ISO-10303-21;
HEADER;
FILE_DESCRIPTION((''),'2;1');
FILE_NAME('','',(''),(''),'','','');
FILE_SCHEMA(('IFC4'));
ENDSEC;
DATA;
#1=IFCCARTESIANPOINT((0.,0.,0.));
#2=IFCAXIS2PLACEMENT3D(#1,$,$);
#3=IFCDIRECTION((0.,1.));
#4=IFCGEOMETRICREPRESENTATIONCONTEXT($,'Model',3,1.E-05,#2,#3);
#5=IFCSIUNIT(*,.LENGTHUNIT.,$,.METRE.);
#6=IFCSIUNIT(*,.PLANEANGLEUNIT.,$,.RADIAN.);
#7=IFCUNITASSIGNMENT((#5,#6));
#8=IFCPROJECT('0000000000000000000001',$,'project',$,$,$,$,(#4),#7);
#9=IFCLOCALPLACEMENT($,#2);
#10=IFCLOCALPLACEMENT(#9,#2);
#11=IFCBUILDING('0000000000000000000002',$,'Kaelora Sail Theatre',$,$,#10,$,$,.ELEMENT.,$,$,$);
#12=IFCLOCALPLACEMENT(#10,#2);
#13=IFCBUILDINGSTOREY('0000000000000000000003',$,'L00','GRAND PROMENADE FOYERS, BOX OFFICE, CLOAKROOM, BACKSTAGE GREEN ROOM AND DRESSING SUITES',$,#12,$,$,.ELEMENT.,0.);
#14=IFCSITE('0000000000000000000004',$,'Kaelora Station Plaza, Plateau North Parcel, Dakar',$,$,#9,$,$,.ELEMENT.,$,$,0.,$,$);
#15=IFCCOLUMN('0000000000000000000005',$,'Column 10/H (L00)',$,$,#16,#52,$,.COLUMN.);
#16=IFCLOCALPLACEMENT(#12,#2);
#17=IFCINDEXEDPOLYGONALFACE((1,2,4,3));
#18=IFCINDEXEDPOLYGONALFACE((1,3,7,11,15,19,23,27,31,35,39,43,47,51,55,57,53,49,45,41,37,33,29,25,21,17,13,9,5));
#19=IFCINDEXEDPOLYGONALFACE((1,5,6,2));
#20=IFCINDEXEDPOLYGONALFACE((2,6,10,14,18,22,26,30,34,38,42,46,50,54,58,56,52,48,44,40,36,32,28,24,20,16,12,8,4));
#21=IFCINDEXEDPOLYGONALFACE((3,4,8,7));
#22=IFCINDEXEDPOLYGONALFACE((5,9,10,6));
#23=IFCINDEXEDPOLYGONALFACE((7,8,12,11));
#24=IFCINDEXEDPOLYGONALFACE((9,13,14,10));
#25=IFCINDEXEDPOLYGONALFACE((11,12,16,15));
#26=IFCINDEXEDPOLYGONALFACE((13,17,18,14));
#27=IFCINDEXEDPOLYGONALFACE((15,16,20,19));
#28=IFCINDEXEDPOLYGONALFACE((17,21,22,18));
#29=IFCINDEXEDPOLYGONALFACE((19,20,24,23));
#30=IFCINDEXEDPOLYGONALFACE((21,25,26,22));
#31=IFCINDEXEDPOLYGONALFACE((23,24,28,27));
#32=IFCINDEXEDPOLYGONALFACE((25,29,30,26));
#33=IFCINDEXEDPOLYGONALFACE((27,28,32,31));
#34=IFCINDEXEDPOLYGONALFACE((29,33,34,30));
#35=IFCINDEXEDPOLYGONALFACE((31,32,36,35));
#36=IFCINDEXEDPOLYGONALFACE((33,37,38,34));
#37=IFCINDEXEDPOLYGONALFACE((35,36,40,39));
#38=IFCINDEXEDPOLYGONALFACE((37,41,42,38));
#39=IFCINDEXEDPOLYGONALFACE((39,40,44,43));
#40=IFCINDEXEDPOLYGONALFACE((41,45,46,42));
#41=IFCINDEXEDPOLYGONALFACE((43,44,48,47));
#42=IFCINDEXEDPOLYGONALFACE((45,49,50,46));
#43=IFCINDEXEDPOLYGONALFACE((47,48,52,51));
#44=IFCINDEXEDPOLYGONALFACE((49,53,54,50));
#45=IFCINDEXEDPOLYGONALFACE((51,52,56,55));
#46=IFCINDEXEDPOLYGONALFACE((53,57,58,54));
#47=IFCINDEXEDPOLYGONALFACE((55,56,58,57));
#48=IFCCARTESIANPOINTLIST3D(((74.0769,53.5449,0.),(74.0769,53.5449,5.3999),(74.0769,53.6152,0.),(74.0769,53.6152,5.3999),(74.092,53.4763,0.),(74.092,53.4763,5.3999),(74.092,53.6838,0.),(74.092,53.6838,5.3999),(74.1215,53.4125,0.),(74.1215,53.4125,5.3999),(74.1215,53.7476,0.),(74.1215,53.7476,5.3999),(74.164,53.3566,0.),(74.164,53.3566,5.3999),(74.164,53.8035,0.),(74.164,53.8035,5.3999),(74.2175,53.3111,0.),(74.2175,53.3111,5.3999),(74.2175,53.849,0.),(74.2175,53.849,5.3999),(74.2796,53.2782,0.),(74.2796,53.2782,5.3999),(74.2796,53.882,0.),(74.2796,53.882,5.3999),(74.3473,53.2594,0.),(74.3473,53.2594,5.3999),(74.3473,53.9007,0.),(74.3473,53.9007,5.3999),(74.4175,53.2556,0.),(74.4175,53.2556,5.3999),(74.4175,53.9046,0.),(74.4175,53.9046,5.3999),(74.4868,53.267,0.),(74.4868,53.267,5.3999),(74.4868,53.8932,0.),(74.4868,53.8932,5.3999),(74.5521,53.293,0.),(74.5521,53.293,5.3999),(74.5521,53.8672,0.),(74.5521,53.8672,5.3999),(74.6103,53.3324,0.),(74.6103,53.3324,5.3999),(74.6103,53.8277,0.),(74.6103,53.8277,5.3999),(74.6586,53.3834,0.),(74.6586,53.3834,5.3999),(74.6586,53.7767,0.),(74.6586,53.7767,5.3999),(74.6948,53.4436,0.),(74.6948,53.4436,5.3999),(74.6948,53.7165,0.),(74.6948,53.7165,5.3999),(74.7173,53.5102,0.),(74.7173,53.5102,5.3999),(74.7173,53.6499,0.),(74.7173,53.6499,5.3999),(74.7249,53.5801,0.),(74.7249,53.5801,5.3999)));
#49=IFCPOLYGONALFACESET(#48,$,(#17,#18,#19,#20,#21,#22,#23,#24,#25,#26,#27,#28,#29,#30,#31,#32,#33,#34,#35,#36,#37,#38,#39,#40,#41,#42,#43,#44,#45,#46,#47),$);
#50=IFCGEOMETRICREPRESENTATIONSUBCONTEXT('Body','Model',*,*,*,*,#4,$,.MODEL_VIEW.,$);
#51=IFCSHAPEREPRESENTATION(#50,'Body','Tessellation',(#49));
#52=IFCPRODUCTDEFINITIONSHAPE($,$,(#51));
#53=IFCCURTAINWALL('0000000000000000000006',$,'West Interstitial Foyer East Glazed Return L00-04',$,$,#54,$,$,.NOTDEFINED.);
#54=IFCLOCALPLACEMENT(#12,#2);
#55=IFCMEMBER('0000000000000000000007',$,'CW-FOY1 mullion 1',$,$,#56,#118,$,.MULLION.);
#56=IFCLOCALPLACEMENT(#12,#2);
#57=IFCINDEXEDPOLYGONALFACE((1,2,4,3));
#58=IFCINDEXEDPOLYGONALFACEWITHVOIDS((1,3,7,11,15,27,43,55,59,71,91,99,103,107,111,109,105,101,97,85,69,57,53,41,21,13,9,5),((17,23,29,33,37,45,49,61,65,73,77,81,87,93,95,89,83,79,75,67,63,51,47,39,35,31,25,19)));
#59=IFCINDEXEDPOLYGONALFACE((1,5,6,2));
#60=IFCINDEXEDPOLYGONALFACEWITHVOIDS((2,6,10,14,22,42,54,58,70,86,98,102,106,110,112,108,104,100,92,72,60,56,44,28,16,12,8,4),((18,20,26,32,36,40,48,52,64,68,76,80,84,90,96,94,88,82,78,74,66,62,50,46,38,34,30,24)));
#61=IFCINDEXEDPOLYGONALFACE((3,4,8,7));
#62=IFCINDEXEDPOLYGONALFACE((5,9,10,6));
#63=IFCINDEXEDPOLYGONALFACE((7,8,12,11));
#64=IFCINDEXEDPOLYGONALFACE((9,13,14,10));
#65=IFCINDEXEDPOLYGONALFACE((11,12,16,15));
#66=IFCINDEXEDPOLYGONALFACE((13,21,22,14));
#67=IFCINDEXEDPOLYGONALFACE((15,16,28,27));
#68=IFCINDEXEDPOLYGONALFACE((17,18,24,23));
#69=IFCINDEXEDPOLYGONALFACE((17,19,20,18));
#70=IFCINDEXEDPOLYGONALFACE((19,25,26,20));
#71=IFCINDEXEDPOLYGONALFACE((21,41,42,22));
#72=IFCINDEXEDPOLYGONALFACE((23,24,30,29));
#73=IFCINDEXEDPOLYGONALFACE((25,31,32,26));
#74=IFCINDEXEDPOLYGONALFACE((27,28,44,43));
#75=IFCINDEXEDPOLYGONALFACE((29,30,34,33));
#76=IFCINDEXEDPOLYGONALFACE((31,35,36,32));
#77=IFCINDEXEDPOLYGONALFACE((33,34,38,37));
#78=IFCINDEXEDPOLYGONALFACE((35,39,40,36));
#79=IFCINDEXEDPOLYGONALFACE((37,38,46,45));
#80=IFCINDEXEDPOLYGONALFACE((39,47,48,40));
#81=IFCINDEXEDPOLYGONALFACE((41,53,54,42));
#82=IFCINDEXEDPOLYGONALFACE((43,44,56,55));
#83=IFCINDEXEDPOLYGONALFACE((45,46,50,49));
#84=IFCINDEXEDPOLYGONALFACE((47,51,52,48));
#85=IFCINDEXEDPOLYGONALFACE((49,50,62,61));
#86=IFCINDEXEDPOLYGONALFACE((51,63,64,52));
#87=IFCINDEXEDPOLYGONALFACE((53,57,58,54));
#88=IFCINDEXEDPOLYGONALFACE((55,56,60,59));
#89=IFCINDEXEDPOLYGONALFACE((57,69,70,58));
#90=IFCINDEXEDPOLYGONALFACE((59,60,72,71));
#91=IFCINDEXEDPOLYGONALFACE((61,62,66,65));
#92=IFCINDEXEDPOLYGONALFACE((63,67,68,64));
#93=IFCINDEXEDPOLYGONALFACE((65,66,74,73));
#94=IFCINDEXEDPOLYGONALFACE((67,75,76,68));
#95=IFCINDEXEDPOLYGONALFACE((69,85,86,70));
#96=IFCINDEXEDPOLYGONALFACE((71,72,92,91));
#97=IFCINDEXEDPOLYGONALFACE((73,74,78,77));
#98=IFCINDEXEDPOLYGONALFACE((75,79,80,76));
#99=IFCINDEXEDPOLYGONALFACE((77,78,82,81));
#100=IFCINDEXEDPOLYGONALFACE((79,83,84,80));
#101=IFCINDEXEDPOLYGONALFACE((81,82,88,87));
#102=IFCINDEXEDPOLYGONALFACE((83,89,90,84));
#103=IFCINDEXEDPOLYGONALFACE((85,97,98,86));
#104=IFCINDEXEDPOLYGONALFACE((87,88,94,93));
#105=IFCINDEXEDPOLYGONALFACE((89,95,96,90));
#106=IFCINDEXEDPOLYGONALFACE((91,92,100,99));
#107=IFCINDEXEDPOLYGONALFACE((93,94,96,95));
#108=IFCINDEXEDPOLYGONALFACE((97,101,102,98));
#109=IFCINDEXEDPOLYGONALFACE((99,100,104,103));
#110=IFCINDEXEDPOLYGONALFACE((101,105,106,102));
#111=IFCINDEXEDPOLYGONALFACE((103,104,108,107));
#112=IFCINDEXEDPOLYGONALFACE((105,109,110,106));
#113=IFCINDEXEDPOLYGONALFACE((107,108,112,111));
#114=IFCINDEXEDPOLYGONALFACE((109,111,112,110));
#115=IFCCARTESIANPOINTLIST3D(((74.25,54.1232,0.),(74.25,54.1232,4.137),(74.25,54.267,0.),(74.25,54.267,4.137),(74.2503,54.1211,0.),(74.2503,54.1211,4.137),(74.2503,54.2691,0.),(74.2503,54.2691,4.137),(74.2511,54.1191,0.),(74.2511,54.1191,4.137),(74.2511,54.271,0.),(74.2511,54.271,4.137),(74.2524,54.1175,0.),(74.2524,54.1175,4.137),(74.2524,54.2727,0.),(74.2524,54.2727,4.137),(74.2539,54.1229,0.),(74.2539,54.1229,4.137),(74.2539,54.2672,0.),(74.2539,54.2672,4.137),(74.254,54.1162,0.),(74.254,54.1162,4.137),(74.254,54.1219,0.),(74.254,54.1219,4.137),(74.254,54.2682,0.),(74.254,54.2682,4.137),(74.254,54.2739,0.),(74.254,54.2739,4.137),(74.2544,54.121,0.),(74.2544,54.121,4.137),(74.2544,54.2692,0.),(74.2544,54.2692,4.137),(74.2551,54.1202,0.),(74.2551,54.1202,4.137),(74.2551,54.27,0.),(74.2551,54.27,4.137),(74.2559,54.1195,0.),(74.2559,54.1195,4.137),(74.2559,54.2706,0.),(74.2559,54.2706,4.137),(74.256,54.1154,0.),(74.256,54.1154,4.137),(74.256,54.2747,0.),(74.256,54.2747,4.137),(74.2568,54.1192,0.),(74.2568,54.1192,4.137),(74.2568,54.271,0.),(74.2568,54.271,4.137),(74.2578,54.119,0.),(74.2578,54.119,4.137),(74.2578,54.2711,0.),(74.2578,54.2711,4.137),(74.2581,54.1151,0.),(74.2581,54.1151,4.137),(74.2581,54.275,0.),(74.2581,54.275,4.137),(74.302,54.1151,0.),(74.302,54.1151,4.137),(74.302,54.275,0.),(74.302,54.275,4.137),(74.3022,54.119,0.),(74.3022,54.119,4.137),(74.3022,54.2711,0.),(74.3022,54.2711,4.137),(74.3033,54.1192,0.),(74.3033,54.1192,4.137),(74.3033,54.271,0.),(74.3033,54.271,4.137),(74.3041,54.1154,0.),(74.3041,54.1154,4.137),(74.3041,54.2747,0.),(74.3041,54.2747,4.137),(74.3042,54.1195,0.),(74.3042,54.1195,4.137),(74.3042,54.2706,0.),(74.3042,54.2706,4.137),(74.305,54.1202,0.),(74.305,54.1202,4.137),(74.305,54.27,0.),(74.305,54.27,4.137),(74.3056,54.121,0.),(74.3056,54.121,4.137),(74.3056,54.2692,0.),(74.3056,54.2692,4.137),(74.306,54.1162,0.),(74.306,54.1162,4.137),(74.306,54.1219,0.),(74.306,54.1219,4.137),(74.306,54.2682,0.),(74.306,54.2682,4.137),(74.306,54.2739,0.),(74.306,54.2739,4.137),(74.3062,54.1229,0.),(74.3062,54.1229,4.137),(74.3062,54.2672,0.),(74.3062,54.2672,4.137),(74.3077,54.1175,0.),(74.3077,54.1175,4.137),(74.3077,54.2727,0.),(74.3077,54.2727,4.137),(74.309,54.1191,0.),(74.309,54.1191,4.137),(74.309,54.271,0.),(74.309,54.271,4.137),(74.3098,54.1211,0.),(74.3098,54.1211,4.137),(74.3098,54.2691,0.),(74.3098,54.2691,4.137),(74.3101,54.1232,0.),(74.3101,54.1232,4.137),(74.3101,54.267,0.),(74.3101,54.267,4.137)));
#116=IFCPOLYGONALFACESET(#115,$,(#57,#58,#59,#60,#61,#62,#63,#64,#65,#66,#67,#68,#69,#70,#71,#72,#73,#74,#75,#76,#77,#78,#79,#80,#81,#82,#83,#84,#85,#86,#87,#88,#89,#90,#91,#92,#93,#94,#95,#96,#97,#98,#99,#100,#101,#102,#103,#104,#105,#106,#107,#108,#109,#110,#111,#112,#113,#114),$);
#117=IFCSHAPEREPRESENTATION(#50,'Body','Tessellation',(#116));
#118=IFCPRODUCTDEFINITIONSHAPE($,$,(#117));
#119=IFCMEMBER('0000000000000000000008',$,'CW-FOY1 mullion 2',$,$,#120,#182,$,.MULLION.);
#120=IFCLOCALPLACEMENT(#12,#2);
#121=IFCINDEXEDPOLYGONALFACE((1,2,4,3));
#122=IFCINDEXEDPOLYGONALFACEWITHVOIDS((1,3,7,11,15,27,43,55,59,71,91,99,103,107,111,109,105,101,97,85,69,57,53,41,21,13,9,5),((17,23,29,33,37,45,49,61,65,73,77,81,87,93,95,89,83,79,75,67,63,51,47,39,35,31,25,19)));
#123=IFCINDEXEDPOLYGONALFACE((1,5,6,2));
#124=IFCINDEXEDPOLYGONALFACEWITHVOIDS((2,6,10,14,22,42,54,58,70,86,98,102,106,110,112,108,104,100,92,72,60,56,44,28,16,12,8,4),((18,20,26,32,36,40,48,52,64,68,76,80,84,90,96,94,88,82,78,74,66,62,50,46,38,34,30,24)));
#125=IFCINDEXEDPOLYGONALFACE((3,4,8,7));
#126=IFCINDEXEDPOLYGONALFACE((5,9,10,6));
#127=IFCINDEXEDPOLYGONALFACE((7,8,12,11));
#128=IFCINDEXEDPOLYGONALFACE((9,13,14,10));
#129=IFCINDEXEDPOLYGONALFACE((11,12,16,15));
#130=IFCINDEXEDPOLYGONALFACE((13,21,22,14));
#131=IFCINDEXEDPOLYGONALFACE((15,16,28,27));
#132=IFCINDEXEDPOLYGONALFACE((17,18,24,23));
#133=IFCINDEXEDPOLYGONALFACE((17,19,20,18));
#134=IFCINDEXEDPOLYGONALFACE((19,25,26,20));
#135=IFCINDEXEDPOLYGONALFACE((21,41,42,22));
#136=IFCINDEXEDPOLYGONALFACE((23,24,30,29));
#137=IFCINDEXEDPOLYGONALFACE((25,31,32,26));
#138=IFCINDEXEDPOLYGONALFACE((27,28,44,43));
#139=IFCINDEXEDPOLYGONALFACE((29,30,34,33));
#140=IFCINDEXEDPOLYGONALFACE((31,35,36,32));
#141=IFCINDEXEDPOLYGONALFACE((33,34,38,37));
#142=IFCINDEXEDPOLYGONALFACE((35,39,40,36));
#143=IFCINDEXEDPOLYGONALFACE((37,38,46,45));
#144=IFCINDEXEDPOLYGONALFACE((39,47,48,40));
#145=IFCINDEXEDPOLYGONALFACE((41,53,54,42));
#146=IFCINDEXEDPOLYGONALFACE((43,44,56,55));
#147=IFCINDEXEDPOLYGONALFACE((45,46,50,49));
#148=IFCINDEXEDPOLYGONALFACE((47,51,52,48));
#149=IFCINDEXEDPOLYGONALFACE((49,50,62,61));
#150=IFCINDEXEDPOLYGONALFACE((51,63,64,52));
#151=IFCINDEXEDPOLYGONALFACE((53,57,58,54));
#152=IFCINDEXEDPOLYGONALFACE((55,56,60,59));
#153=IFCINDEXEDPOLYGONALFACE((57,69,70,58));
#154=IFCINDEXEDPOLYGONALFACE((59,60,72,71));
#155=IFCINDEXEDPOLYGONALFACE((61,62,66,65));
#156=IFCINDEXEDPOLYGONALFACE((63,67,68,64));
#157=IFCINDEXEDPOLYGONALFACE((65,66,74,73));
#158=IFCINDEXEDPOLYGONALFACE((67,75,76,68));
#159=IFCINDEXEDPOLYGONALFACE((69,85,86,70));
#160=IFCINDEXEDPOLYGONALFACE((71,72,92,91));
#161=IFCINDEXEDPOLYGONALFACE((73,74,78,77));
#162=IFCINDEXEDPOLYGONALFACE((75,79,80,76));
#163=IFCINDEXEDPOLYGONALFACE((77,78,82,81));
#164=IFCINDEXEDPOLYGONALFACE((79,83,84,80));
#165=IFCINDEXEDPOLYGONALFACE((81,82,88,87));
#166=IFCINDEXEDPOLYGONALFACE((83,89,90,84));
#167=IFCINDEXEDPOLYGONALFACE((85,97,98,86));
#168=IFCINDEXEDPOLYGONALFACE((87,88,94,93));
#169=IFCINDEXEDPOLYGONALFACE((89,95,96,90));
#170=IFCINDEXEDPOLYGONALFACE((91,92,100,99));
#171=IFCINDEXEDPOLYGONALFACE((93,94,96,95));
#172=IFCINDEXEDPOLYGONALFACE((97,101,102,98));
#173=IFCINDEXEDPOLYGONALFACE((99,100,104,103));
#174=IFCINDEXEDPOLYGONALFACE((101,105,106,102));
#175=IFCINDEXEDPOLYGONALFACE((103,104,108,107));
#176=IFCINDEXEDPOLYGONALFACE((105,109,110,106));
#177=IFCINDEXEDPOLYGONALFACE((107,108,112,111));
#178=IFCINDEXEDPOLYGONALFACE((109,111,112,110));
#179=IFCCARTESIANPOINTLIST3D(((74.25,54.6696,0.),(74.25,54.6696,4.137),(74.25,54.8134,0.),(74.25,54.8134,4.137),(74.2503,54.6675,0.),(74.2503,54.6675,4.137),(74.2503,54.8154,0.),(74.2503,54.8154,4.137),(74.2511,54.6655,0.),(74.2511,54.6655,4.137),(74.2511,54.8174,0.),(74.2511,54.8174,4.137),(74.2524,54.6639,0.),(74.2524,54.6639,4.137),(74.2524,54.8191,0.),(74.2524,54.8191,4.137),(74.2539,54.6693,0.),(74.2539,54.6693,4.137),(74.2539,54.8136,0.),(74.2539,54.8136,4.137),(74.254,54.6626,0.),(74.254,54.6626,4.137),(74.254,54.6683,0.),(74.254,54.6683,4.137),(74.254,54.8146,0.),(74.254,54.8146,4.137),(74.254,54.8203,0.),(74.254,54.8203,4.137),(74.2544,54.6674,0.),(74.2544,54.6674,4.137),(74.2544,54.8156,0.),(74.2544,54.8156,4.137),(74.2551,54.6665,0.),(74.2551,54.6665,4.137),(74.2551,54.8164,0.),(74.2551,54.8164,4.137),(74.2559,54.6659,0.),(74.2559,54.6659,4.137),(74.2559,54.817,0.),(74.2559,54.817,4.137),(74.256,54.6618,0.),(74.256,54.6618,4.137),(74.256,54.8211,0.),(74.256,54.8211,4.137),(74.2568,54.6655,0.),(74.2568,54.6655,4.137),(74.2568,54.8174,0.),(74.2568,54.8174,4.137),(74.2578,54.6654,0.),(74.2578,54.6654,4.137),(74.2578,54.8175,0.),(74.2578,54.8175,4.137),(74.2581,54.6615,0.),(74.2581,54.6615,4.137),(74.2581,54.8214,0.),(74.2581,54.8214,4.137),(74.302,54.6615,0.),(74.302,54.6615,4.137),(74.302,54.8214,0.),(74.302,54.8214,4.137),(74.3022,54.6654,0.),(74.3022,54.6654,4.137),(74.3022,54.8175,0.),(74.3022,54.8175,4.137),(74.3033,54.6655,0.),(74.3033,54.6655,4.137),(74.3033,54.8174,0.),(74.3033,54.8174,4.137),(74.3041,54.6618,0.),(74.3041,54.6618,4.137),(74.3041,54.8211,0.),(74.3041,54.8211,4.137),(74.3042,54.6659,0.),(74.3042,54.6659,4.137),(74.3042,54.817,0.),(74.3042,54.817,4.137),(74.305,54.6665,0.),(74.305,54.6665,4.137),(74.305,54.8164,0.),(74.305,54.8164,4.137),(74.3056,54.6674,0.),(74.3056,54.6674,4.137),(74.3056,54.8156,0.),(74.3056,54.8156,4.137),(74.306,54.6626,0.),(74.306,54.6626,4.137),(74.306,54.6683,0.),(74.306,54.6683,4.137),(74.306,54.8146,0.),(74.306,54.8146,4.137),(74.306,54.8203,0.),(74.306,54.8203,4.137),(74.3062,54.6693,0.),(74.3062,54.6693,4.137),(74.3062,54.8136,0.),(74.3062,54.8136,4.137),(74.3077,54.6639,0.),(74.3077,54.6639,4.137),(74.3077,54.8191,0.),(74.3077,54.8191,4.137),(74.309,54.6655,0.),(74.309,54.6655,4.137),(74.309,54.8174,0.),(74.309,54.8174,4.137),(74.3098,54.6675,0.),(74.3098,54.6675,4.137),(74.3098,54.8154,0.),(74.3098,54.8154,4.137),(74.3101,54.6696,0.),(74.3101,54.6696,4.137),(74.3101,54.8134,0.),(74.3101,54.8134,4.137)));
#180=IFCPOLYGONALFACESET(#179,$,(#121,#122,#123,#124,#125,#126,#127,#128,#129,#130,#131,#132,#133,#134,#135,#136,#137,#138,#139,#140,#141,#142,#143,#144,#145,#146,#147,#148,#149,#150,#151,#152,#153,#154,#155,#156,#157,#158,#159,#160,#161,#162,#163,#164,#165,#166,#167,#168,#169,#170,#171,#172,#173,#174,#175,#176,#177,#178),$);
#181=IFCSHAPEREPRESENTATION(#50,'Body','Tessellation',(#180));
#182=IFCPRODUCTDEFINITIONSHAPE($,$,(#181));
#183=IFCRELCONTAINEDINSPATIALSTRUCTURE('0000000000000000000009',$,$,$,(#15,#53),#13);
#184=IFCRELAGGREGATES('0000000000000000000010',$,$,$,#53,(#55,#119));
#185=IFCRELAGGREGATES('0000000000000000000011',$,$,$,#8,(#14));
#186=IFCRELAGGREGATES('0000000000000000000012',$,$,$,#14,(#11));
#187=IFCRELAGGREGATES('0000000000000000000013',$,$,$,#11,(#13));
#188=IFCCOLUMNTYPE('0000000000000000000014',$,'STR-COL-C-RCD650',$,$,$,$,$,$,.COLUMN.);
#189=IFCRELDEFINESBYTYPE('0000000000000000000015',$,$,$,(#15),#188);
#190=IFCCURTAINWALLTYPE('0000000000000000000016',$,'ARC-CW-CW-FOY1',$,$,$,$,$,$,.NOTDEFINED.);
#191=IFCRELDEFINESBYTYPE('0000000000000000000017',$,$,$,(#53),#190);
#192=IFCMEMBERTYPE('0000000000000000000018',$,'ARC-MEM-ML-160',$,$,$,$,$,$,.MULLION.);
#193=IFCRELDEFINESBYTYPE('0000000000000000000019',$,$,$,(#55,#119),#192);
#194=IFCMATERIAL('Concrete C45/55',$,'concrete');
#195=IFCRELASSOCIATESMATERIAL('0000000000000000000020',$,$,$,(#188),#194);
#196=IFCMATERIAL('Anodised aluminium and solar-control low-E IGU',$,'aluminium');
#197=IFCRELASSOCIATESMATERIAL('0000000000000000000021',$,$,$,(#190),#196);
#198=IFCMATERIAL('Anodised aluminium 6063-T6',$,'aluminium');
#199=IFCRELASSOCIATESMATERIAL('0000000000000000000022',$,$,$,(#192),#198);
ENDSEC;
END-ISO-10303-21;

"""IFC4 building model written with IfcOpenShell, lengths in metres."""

from ifc_helpers import new_model, si_unit, direction, frame, origin, origin_2d, place, context, subcontext, project, spatial, hollow_rectangle, circle, extrude, material, material_profile, profile_set, type_object, element, aggregate, save


model = new_model("IFC4")

# Units and contexts
model_context = context("Model", 3, precision=1e-05, world=origin(), true_north=direction((0.0, 1.0)))
body_context = subcontext(model_context, "Body", "Model", "MODEL_VIEW")
ifc_project = project(units=[si_unit("LENGTHUNIT", "METRE"), si_unit("PLANEANGLEUNIT", "RADIAN")], contexts=[model_context])

# Site, building, storey
site_placement = place(None, origin())
site = spatial("IfcSite", under=ifc_project, at=site_placement, Name="Kaelora Station Plaza, Plateau North Parcel, Dakar", CompositionType="ELEMENT", RefElevation=0.0)
building_placement = place(site_placement, origin())
building = spatial("IfcBuilding", under=site, at=building_placement, Name="Kaelora Sail Theatre", CompositionType="ELEMENT")
storey_placement = place(building_placement, origin())
storey = spatial("IfcBuildingStorey", under=building, at=storey_placement, Name="L00", Description="GRAND PROMENADE FOYERS, BOX OFFICE, CLOAKROOM, BACKSTAGE GREEN ROOM AND DRESSING SUITES", CompositionType="ELEMENT", Elevation=0.0)

# Column
ifc_material_1 = material(Name="Concrete C45/55", Category="concrete")
ifc_material_profile_1 = material_profile(ifc_material_1, circle(Radius=0.325, at=origin_2d()), Name="RC-CCOL D650")
ifc_profile_set_1 = profile_set([ifc_material_profile_1], Name="Concrete C45/55")
column_type = type_object("IfcColumnType", Name="STR-COL-C-RCD650", PredefinedType="COLUMN", material=ifc_profile_set_1)
column_placement = place(storey_placement, frame((74.3999, 53.5801, 0.0), z_axis=(0.0, 0.0, 1.0), x_axis=(1.0, 0.0, 0.0)))
element("IfcColumn", 1, at=column_placement, inside=storey, type_object=column_type, Name="Column 10/H (L00)", PredefinedType="COLUMN", context=body_context, shape_type="SweptSolid", body=[
    extrude(circle(Radius=0.325, at=origin_2d()), origin(), (0.0, 0.0, 1.0), 5.3999),
])

# Curtain wall, members
ifc_material_2 = material(Name="Anodised aluminium and solar-control low-E IGU", Category="aluminium")
curtain_wall_type = type_object("IfcCurtainWallType", Name="ARC-CW-CW-FOY1", PredefinedType="NOTDEFINED", material=ifc_material_2)
curtain_wall_placement = place(storey_placement, origin())
curtain_wall = element("IfcCurtainWall", 2, at=curtain_wall_placement, inside=storey, type_object=curtain_wall_type, Name="West Interstitial Foyer East Glazed Return L00-04", PredefinedType="NOTDEFINED")
ifc_material_3 = material(Name="Anodised aluminium 6063-T6", Category="aluminium")
ifc_material_profile_2 = material_profile(ifc_material_3, hollow_rectangle(XDim=0.0601, YDim=0.1599, WallThickness=0.0039, InnerFilletRadius=0.0039, OuterFilletRadius=0.0081, at=origin_2d()), Name="ALU-MULL 60x160x4")
ifc_profile_set_2 = profile_set([ifc_material_profile_2], Name="Anodised aluminium 6063-T6")
member_type_1 = type_object("IfcMemberType", Name="ARC-MEM-ML-160", PredefinedType="MULLION", material=ifc_profile_set_2)
member_1_placement = place(storey_placement, frame((74.28, 54.1951, 0.0), z_axis=(0.0, 0.0, 1.0), x_axis=(-1.0, 0.0, 0.0)))
member_1 = element("IfcMember", 3, at=member_1_placement, type_object=member_type_1, Name="CW-FOY1 mullion 1", PredefinedType="MULLION", context=body_context, shape_type="SweptSolid", body=[
    extrude(hollow_rectangle(XDim=0.0601, YDim=0.1599, WallThickness=0.0039, InnerFilletRadius=0.0039, OuterFilletRadius=0.0081, at=origin_2d()), origin(), (0.0, 0.0, 1.0), 4.137),
])
member_2_placement = place(storey_placement, frame((74.28, 54.7415, 0.0), z_axis=(0.0, 0.0, 1.0), x_axis=(-1.0, 0.0, 0.0)))
member_2 = element("IfcMember", 4, at=member_2_placement, type_object=member_type_1, Name="CW-FOY1 mullion 2", PredefinedType="MULLION", context=body_context, shape_type="SweptSolid", body=[
    extrude(hollow_rectangle(XDim=0.0601, YDim=0.1599, WallThickness=0.0039, InnerFilletRadius=0.0039, OuterFilletRadius=0.0081, at=origin_2d()), origin(), (0.0, 0.0, 1.0), 4.137),
])

aggregate(curtain_wall, [member_1, member_2])

save(model, "model.ifc")
